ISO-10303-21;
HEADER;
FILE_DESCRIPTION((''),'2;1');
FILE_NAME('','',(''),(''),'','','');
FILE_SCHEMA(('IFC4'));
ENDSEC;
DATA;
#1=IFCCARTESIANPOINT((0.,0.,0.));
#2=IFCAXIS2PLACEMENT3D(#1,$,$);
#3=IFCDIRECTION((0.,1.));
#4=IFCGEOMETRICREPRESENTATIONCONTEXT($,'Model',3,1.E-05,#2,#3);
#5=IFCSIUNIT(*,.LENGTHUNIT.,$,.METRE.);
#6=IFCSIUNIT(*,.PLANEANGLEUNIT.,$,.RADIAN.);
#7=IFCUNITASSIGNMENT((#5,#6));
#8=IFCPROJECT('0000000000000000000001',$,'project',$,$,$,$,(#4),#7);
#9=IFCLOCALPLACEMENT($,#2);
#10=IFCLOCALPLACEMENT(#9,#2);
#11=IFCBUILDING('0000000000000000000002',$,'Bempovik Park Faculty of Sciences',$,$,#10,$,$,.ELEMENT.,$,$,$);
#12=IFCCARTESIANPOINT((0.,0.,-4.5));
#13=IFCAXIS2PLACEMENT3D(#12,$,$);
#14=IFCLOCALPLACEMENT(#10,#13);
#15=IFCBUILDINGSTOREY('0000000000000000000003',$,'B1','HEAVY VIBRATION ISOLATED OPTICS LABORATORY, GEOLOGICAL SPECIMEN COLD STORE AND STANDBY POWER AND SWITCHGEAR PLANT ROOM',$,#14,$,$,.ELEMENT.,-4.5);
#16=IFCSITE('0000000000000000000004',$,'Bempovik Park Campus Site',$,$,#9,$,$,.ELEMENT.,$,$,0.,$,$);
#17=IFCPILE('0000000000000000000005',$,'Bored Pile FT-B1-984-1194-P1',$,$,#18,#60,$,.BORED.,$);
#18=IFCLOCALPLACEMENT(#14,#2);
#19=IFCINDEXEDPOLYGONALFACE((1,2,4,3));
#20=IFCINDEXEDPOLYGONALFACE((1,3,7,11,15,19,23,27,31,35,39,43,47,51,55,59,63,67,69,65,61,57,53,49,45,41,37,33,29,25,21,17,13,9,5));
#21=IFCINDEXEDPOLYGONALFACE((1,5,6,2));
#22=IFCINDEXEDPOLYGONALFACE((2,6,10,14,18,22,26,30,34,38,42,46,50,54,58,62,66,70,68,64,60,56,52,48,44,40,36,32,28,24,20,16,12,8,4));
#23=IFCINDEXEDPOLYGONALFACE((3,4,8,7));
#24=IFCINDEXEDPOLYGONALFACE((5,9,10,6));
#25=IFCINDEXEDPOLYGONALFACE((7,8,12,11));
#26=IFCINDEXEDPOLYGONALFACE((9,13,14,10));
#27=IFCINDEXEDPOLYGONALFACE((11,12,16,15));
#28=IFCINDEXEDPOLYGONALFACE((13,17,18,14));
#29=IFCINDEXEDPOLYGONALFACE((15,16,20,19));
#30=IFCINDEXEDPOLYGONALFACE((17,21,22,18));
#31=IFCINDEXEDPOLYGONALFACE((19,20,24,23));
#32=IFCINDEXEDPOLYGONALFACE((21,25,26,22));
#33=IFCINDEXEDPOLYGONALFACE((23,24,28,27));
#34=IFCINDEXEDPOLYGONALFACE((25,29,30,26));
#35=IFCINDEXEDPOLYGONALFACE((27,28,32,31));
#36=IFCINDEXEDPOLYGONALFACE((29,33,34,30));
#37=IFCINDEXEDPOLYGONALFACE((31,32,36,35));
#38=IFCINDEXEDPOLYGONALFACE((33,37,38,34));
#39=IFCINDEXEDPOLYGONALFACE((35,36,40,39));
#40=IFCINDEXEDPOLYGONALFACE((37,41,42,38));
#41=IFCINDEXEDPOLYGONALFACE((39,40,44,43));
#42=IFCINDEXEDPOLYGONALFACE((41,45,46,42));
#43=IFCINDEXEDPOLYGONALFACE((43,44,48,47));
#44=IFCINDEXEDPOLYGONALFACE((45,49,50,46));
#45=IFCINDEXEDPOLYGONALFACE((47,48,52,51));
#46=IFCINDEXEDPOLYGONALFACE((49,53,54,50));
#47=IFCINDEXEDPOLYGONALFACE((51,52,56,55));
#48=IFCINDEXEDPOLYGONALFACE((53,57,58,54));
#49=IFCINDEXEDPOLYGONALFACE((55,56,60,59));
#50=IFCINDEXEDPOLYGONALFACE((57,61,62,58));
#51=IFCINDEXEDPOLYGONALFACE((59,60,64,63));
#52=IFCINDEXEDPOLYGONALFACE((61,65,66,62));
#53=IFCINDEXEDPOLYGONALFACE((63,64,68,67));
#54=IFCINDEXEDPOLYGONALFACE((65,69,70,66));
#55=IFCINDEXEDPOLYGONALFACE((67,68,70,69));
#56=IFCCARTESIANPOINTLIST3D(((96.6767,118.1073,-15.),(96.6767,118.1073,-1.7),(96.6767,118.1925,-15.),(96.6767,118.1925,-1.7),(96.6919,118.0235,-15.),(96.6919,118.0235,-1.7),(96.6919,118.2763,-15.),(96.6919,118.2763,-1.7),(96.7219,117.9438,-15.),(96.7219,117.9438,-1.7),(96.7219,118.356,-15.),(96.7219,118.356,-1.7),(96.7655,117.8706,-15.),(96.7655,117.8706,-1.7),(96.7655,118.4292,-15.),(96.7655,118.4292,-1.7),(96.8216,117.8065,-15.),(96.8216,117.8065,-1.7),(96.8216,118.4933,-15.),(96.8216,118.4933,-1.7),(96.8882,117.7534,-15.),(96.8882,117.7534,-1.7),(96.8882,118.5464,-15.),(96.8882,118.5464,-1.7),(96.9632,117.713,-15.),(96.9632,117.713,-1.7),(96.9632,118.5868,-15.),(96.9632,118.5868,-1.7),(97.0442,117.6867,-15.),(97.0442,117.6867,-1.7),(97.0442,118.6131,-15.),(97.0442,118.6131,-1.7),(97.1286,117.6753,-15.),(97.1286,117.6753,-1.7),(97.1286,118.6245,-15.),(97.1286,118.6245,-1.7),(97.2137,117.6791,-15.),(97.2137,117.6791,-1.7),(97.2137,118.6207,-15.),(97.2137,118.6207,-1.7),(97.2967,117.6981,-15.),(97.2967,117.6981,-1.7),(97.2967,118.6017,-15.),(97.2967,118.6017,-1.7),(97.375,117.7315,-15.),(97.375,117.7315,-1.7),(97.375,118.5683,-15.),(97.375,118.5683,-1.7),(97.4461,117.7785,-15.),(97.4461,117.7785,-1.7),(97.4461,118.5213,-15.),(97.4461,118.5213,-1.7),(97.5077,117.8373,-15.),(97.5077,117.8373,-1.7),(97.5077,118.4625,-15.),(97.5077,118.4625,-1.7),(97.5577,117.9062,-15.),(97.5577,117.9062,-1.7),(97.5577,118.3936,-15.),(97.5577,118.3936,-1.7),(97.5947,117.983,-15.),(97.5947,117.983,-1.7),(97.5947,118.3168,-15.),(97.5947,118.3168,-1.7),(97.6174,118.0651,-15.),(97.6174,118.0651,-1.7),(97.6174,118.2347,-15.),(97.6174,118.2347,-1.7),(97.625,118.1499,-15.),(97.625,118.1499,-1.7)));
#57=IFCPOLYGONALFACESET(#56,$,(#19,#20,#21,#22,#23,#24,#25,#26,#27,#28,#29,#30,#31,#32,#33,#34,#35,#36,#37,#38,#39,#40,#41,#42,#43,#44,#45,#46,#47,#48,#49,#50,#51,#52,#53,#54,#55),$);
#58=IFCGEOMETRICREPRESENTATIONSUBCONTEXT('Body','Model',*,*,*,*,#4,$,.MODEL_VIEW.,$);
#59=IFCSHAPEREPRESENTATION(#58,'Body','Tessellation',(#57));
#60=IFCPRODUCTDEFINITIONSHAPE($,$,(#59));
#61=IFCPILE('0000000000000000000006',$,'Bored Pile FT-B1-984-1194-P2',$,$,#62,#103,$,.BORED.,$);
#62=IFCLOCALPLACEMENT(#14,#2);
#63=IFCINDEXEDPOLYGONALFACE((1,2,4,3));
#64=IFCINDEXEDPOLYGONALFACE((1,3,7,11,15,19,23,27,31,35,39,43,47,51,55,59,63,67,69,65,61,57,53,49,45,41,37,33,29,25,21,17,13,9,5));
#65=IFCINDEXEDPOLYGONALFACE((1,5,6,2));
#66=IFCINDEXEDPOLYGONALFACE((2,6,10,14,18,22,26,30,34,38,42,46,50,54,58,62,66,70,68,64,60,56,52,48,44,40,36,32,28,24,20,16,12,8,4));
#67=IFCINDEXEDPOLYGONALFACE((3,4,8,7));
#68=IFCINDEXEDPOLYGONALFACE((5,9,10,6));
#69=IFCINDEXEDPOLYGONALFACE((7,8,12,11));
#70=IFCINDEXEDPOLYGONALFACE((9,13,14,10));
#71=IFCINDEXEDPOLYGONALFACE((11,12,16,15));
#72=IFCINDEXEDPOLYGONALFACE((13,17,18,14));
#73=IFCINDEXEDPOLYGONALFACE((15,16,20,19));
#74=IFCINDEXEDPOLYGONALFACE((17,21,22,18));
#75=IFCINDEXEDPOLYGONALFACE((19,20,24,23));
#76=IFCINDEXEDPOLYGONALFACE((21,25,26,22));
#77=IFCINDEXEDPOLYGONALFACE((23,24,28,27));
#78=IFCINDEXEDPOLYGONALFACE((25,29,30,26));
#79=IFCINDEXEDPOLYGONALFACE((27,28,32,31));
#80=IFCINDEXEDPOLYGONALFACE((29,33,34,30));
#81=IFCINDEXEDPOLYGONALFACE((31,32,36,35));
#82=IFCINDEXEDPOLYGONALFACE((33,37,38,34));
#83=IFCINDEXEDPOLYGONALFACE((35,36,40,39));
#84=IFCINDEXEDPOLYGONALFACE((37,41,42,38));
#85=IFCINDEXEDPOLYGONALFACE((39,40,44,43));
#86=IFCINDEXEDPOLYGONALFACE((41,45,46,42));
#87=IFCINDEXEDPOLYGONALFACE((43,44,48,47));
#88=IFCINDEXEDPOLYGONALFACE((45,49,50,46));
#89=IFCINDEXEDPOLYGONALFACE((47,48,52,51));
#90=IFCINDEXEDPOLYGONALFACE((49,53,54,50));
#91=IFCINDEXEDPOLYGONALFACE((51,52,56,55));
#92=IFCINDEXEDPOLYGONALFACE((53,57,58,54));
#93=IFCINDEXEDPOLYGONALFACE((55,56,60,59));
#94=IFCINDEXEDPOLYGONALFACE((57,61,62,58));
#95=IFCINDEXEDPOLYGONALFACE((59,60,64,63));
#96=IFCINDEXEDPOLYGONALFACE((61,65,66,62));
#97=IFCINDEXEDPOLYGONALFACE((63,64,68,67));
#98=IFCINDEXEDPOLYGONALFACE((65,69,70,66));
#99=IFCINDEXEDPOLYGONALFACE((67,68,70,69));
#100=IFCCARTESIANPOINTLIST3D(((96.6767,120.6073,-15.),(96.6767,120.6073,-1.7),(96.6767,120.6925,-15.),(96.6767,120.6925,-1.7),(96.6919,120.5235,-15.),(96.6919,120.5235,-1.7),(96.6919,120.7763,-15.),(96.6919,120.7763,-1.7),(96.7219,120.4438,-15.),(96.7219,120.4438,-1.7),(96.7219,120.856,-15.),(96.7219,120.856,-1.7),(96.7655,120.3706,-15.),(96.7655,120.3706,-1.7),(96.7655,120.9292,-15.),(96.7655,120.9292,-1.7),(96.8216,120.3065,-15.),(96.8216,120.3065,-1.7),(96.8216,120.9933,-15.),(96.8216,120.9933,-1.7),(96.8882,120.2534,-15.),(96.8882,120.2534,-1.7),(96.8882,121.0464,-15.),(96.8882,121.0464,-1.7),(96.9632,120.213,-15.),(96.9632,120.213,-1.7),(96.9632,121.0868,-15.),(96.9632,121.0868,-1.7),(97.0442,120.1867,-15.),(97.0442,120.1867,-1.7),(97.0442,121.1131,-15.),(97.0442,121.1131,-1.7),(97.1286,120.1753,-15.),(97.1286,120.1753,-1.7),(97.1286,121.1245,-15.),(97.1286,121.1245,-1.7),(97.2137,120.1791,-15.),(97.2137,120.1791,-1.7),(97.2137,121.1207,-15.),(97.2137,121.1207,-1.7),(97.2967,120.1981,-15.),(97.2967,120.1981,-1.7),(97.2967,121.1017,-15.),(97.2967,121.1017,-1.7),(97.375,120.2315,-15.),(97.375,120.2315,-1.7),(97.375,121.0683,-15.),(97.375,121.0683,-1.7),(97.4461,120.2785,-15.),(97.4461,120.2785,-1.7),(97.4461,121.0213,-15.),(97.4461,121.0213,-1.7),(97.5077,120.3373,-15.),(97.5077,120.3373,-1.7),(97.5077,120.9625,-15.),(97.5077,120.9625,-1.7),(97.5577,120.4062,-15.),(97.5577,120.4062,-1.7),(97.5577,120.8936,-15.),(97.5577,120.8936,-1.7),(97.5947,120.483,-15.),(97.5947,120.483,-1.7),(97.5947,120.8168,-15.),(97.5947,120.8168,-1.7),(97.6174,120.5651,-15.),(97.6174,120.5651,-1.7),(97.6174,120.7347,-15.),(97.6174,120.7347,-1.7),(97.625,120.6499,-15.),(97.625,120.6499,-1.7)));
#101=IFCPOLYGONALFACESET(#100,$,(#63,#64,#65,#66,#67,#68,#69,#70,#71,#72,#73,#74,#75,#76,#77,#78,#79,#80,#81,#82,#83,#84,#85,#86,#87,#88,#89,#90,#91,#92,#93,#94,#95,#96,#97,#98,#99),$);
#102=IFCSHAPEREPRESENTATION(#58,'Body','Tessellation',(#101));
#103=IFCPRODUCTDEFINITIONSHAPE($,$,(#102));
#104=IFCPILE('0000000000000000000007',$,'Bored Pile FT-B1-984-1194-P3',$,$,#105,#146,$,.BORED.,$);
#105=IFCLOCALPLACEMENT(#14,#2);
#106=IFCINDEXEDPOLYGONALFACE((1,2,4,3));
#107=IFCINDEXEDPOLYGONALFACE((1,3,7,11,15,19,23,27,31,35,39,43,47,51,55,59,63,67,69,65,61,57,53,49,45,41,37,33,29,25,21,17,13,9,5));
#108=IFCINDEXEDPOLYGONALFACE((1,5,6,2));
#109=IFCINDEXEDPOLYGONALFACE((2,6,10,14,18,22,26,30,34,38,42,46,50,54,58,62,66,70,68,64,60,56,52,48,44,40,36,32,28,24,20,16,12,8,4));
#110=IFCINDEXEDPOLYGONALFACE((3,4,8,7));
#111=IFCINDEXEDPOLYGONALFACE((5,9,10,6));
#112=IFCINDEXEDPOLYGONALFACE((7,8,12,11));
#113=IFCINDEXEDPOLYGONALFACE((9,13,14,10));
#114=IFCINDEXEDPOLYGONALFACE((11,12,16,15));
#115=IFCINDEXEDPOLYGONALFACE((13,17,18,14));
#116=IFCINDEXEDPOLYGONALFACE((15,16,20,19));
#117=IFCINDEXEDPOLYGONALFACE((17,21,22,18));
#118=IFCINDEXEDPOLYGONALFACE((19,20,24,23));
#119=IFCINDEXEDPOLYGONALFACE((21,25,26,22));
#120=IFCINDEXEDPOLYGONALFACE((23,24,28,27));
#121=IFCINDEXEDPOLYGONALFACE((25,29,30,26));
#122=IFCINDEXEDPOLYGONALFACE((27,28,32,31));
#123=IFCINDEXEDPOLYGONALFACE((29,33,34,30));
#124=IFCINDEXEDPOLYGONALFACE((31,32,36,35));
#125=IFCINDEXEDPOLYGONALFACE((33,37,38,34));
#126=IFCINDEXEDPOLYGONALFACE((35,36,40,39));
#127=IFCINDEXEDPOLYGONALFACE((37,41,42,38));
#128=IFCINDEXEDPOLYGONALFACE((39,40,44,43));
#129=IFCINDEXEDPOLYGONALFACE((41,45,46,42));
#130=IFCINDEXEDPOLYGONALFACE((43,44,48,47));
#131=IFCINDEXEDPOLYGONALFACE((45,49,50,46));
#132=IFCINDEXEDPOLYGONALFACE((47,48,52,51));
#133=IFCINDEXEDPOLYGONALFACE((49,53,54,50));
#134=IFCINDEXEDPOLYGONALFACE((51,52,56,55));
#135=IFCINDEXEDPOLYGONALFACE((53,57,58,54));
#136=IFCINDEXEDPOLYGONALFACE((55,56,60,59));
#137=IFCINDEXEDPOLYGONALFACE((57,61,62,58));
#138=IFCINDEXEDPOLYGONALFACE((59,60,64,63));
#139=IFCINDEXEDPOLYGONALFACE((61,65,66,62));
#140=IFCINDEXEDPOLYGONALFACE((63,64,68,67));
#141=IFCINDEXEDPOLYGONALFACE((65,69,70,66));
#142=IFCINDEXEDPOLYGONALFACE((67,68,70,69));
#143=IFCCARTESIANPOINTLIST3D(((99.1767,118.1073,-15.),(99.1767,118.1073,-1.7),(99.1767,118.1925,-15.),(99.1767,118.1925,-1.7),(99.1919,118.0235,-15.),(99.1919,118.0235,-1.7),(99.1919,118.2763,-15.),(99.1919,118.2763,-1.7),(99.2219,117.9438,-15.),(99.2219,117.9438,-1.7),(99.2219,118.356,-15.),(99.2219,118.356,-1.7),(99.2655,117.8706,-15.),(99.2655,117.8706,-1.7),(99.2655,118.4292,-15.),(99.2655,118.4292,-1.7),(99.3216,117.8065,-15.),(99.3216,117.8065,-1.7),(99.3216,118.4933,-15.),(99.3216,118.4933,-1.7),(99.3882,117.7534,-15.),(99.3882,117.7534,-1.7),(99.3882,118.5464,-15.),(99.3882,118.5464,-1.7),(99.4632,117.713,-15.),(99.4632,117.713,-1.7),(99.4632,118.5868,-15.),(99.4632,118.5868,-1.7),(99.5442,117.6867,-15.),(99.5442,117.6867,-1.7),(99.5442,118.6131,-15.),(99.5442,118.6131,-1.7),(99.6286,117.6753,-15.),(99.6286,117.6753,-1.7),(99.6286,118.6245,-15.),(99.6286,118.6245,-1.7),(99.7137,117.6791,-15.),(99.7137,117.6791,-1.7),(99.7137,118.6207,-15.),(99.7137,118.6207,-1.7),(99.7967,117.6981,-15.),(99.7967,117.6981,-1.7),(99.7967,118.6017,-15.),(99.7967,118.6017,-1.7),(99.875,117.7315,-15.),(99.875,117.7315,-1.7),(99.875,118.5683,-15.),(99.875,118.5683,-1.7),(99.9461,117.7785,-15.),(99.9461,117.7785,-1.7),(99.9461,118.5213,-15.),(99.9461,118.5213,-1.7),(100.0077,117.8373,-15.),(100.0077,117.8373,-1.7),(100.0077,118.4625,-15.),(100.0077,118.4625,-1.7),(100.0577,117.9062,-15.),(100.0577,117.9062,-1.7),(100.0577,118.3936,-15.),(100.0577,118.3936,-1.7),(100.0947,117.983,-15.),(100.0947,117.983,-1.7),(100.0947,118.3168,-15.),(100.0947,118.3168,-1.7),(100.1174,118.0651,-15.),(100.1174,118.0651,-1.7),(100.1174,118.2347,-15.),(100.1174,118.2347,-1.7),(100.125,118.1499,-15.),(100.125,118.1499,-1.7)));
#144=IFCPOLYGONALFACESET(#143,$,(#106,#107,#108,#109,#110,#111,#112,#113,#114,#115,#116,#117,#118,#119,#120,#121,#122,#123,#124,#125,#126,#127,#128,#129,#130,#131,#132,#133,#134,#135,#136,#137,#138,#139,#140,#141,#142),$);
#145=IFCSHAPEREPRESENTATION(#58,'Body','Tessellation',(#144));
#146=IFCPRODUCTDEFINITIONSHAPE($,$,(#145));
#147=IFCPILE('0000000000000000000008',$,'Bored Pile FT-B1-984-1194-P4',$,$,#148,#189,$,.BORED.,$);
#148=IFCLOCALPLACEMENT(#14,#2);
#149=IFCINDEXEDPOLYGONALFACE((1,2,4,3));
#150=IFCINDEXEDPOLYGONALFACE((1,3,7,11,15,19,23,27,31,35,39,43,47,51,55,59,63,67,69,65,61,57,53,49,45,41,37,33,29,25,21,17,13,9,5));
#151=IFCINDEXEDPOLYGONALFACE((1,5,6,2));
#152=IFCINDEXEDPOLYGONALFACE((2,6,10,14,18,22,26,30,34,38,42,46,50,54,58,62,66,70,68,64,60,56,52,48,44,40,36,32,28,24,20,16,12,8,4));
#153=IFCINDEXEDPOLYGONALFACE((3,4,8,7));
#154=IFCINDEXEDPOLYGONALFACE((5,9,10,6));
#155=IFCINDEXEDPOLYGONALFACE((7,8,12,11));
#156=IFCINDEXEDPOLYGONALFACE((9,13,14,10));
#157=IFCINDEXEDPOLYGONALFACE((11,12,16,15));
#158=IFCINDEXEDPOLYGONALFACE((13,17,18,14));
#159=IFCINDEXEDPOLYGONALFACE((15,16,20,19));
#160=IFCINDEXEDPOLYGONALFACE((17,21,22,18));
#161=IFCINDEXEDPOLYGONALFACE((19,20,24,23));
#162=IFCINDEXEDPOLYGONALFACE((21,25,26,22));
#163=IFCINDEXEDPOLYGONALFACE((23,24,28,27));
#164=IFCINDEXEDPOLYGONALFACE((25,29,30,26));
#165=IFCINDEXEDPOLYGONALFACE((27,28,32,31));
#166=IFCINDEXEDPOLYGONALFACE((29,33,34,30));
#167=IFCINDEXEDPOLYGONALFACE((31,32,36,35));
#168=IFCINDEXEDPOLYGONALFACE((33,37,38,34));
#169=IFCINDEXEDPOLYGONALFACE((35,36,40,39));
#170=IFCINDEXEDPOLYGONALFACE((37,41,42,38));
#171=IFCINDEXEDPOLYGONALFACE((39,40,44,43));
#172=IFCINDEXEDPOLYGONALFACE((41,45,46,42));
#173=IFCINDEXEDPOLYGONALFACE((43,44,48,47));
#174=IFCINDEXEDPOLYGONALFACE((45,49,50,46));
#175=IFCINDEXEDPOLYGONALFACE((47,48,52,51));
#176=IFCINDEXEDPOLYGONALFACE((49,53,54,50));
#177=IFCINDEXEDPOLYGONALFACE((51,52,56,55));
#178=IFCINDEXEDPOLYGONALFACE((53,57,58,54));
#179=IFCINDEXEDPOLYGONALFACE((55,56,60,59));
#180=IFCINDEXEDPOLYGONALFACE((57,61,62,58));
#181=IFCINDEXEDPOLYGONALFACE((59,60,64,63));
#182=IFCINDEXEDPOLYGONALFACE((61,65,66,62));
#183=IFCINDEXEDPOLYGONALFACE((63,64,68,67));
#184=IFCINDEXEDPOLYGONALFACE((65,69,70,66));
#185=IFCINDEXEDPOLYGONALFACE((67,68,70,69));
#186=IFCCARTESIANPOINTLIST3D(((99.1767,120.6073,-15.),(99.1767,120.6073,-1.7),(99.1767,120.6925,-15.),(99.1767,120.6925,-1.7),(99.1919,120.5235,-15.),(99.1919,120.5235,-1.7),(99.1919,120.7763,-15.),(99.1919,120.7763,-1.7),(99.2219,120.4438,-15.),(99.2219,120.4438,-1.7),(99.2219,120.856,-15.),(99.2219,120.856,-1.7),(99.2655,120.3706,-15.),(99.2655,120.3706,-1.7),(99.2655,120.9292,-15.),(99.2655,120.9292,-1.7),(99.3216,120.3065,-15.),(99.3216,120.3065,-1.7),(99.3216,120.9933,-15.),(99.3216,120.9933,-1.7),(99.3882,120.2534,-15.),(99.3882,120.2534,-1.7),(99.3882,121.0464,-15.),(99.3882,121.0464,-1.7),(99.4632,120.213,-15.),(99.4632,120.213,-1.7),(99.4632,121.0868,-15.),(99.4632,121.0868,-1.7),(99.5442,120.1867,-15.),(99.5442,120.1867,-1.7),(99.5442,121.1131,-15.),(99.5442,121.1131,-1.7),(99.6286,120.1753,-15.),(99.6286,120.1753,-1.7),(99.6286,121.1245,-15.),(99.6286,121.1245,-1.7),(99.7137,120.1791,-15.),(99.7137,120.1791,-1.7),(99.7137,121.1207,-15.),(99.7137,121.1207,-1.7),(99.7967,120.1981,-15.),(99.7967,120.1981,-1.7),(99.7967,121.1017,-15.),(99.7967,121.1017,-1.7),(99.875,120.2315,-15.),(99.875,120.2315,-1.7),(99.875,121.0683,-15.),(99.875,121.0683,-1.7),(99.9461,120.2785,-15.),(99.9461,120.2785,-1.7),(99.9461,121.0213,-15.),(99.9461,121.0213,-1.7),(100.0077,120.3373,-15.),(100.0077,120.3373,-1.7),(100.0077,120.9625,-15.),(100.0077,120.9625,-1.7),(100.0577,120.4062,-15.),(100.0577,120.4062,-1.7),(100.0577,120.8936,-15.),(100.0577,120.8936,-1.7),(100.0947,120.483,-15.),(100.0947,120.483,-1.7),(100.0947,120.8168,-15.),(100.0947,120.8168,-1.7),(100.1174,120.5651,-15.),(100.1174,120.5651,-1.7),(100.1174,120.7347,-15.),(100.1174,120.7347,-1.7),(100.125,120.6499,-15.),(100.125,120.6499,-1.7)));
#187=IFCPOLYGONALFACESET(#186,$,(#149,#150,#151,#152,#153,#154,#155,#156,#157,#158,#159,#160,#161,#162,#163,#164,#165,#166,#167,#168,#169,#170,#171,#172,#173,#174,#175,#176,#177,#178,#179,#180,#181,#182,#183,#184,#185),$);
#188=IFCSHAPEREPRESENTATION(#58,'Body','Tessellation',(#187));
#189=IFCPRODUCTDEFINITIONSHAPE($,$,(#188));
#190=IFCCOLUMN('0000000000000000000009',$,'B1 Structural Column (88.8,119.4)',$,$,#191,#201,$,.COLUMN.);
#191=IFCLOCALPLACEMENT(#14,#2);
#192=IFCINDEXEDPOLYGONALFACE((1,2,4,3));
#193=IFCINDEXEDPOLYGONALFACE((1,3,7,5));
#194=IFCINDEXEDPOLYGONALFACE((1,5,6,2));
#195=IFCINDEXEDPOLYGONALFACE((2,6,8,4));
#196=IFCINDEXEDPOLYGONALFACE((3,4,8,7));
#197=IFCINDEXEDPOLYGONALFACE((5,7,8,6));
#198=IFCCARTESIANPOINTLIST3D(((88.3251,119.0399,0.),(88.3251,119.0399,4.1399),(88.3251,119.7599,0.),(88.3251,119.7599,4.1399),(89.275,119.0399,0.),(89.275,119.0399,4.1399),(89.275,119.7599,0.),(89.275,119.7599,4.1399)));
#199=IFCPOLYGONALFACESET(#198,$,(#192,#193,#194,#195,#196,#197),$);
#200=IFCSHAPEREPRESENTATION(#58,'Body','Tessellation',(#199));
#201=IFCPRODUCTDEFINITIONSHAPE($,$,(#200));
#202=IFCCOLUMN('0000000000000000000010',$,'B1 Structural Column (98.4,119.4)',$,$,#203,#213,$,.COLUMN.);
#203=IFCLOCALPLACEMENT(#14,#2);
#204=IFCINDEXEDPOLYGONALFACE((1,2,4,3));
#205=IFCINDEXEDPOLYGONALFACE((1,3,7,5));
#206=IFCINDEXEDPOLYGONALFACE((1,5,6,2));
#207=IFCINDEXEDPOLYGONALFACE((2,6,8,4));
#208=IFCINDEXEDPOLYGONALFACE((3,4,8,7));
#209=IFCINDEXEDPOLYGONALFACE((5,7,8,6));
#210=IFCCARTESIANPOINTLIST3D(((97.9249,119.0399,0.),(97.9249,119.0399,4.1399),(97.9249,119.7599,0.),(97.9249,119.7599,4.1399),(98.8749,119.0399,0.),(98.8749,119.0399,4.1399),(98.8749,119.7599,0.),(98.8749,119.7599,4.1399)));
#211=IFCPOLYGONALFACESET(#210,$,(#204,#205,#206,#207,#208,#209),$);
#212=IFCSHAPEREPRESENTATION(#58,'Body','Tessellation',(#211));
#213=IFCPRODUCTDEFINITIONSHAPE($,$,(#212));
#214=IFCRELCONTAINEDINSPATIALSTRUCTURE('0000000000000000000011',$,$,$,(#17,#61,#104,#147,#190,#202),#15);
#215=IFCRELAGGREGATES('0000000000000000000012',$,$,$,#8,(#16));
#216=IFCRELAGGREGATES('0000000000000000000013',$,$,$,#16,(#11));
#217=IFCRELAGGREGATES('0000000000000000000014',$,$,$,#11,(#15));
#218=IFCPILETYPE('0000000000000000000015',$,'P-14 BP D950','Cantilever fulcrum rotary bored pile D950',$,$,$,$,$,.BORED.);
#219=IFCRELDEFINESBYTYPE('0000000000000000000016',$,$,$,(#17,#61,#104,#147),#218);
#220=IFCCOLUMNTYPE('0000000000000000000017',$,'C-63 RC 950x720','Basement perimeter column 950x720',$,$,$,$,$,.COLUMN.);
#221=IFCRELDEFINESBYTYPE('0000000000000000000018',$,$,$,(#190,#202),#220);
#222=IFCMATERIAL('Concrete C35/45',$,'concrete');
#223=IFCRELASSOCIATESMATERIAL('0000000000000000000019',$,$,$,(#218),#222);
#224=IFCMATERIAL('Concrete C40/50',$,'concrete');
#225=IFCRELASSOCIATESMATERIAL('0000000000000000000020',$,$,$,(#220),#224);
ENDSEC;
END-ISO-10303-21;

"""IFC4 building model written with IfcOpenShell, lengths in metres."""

from ifc_helpers import new_model, si_unit, direction, frame, origin, origin_2d, place, context, subcontext, project, spatial, rectangle, circle, extrude, material, material_profile, profile_set, type_object, element, save


model = new_model("IFC4")

# Units and contexts
model_context = context("Model", 3, precision=1e-05, world=origin(), true_north=direction((0.0, 1.0)))
body_context = subcontext(model_context, "Body", "Model", "MODEL_VIEW")
ifc_project = project(units=[si_unit("LENGTHUNIT", "METRE"), si_unit("PLANEANGLEUNIT", "RADIAN")], contexts=[model_context])

# Site, building, storey
site_placement = place(None, origin())
site = spatial("IfcSite", under=ifc_project, at=site_placement, Name="Bempovik Park Campus Site", CompositionType="ELEMENT", RefElevation=0.0)
building_placement = place(site_placement, origin())
building = spatial("IfcBuilding", under=site, at=building_placement, Name="Bempovik Park Faculty of Sciences", CompositionType="ELEMENT")
storey_placement = place(building_placement, frame((0.0, 0.0, -4.5)))
storey = spatial("IfcBuildingStorey", under=building, at=storey_placement, Name="B1", Description="HEAVY VIBRATION ISOLATED OPTICS LABORATORY, GEOLOGICAL SPECIMEN COLD STORE AND STANDBY POWER AND SWITCHGEAR PLANT ROOM", CompositionType="ELEMENT", Elevation=-4.5)

# Shared definitions
ifc_material_1 = material(Name="Concrete C35/45", Category="concrete")

# Piles
ifc_material_profile_1 = material_profile(ifc_material_1, circle(Radius=0.4751, at=origin_2d()), Name="BP D950")
ifc_profile_set_1 = profile_set([ifc_material_profile_1], Name="Concrete C35/45")
pile_type_1 = type_object("IfcPileType", Name="P-14 BP D950", Description="Cantilever fulcrum rotary bored pile D950", PredefinedType="BORED", material=ifc_profile_set_1)
for number, where, z_axis, x_axis, name in (
    (1, (97.1499, 118.1499, -1.7), (0.0, 0.0, -1.0), (1.0, 0.0, 0.0), "Bored Pile FT-B1-984-1194-P1"),
    (2, (97.1499, 120.6499, -1.7), (0.0, 0.0, -1.0), (1.0, 0.0, 0.0), "Bored Pile FT-B1-984-1194-P2"),
    (3, (99.6499, 118.1499, -1.7), (0.0, 0.0, -1.0), (1.0, 0.0, 0.0), "Bored Pile FT-B1-984-1194-P3"),
    (4, (99.6499, 120.6499, -1.7), (0.0, 0.0, -1.0), (1.0, 0.0, 0.0), "Bored Pile FT-B1-984-1194-P4"),
):
    element("IfcPile", number, at=place(storey_placement, frame(where, z_axis=z_axis, x_axis=x_axis)), inside=storey, type_object=pile_type_1, Name=name, PredefinedType="BORED", context=body_context, shape_type="SweptSolid", body=[
        extrude(circle(Radius=0.4751, at=origin_2d()), origin(), (0.0, 0.0, 1.0), 13.3),
    ])

# Columns
ifc_material_2 = material(Name="Concrete C40/50", Category="concrete")
ifc_material_profile_2 = material_profile(ifc_material_2, rectangle(XDim=0.95, YDim=0.72, at=origin_2d()), Name="RC 950x720")
ifc_profile_set_2 = profile_set([ifc_material_profile_2], Name="Concrete C40/50")
column_type = type_object("IfcColumnType", Name="C-63 RC 950x720", Description="Basement perimeter column 950x720", PredefinedType="COLUMN", material=ifc_profile_set_2)
for number, where, z_axis, x_axis, name in (
    (5, (88.8, 119.3999, 0.0), (0.0, 0.0, 1.0), (1.0, 0.0, 0.0), "B1 Structural Column (88.8,119.4)"),
    (6, (98.3999, 119.3999, 0.0), (0.0, 0.0, 1.0), (1.0, 0.0, 0.0), "B1 Structural Column (98.4,119.4)"),
):
    element("IfcColumn", number, at=place(storey_placement, frame(where, z_axis=z_axis, x_axis=x_axis)), inside=storey, type_object=column_type, Name=name, PredefinedType="COLUMN", context=body_context, shape_type="SweptSolid", body=[
        extrude(rectangle(XDim=0.95, YDim=0.72, at=origin_2d()), origin(), (0.0, 0.0, 1.0), 4.1399),
    ])

save(model, "model.ifc")
